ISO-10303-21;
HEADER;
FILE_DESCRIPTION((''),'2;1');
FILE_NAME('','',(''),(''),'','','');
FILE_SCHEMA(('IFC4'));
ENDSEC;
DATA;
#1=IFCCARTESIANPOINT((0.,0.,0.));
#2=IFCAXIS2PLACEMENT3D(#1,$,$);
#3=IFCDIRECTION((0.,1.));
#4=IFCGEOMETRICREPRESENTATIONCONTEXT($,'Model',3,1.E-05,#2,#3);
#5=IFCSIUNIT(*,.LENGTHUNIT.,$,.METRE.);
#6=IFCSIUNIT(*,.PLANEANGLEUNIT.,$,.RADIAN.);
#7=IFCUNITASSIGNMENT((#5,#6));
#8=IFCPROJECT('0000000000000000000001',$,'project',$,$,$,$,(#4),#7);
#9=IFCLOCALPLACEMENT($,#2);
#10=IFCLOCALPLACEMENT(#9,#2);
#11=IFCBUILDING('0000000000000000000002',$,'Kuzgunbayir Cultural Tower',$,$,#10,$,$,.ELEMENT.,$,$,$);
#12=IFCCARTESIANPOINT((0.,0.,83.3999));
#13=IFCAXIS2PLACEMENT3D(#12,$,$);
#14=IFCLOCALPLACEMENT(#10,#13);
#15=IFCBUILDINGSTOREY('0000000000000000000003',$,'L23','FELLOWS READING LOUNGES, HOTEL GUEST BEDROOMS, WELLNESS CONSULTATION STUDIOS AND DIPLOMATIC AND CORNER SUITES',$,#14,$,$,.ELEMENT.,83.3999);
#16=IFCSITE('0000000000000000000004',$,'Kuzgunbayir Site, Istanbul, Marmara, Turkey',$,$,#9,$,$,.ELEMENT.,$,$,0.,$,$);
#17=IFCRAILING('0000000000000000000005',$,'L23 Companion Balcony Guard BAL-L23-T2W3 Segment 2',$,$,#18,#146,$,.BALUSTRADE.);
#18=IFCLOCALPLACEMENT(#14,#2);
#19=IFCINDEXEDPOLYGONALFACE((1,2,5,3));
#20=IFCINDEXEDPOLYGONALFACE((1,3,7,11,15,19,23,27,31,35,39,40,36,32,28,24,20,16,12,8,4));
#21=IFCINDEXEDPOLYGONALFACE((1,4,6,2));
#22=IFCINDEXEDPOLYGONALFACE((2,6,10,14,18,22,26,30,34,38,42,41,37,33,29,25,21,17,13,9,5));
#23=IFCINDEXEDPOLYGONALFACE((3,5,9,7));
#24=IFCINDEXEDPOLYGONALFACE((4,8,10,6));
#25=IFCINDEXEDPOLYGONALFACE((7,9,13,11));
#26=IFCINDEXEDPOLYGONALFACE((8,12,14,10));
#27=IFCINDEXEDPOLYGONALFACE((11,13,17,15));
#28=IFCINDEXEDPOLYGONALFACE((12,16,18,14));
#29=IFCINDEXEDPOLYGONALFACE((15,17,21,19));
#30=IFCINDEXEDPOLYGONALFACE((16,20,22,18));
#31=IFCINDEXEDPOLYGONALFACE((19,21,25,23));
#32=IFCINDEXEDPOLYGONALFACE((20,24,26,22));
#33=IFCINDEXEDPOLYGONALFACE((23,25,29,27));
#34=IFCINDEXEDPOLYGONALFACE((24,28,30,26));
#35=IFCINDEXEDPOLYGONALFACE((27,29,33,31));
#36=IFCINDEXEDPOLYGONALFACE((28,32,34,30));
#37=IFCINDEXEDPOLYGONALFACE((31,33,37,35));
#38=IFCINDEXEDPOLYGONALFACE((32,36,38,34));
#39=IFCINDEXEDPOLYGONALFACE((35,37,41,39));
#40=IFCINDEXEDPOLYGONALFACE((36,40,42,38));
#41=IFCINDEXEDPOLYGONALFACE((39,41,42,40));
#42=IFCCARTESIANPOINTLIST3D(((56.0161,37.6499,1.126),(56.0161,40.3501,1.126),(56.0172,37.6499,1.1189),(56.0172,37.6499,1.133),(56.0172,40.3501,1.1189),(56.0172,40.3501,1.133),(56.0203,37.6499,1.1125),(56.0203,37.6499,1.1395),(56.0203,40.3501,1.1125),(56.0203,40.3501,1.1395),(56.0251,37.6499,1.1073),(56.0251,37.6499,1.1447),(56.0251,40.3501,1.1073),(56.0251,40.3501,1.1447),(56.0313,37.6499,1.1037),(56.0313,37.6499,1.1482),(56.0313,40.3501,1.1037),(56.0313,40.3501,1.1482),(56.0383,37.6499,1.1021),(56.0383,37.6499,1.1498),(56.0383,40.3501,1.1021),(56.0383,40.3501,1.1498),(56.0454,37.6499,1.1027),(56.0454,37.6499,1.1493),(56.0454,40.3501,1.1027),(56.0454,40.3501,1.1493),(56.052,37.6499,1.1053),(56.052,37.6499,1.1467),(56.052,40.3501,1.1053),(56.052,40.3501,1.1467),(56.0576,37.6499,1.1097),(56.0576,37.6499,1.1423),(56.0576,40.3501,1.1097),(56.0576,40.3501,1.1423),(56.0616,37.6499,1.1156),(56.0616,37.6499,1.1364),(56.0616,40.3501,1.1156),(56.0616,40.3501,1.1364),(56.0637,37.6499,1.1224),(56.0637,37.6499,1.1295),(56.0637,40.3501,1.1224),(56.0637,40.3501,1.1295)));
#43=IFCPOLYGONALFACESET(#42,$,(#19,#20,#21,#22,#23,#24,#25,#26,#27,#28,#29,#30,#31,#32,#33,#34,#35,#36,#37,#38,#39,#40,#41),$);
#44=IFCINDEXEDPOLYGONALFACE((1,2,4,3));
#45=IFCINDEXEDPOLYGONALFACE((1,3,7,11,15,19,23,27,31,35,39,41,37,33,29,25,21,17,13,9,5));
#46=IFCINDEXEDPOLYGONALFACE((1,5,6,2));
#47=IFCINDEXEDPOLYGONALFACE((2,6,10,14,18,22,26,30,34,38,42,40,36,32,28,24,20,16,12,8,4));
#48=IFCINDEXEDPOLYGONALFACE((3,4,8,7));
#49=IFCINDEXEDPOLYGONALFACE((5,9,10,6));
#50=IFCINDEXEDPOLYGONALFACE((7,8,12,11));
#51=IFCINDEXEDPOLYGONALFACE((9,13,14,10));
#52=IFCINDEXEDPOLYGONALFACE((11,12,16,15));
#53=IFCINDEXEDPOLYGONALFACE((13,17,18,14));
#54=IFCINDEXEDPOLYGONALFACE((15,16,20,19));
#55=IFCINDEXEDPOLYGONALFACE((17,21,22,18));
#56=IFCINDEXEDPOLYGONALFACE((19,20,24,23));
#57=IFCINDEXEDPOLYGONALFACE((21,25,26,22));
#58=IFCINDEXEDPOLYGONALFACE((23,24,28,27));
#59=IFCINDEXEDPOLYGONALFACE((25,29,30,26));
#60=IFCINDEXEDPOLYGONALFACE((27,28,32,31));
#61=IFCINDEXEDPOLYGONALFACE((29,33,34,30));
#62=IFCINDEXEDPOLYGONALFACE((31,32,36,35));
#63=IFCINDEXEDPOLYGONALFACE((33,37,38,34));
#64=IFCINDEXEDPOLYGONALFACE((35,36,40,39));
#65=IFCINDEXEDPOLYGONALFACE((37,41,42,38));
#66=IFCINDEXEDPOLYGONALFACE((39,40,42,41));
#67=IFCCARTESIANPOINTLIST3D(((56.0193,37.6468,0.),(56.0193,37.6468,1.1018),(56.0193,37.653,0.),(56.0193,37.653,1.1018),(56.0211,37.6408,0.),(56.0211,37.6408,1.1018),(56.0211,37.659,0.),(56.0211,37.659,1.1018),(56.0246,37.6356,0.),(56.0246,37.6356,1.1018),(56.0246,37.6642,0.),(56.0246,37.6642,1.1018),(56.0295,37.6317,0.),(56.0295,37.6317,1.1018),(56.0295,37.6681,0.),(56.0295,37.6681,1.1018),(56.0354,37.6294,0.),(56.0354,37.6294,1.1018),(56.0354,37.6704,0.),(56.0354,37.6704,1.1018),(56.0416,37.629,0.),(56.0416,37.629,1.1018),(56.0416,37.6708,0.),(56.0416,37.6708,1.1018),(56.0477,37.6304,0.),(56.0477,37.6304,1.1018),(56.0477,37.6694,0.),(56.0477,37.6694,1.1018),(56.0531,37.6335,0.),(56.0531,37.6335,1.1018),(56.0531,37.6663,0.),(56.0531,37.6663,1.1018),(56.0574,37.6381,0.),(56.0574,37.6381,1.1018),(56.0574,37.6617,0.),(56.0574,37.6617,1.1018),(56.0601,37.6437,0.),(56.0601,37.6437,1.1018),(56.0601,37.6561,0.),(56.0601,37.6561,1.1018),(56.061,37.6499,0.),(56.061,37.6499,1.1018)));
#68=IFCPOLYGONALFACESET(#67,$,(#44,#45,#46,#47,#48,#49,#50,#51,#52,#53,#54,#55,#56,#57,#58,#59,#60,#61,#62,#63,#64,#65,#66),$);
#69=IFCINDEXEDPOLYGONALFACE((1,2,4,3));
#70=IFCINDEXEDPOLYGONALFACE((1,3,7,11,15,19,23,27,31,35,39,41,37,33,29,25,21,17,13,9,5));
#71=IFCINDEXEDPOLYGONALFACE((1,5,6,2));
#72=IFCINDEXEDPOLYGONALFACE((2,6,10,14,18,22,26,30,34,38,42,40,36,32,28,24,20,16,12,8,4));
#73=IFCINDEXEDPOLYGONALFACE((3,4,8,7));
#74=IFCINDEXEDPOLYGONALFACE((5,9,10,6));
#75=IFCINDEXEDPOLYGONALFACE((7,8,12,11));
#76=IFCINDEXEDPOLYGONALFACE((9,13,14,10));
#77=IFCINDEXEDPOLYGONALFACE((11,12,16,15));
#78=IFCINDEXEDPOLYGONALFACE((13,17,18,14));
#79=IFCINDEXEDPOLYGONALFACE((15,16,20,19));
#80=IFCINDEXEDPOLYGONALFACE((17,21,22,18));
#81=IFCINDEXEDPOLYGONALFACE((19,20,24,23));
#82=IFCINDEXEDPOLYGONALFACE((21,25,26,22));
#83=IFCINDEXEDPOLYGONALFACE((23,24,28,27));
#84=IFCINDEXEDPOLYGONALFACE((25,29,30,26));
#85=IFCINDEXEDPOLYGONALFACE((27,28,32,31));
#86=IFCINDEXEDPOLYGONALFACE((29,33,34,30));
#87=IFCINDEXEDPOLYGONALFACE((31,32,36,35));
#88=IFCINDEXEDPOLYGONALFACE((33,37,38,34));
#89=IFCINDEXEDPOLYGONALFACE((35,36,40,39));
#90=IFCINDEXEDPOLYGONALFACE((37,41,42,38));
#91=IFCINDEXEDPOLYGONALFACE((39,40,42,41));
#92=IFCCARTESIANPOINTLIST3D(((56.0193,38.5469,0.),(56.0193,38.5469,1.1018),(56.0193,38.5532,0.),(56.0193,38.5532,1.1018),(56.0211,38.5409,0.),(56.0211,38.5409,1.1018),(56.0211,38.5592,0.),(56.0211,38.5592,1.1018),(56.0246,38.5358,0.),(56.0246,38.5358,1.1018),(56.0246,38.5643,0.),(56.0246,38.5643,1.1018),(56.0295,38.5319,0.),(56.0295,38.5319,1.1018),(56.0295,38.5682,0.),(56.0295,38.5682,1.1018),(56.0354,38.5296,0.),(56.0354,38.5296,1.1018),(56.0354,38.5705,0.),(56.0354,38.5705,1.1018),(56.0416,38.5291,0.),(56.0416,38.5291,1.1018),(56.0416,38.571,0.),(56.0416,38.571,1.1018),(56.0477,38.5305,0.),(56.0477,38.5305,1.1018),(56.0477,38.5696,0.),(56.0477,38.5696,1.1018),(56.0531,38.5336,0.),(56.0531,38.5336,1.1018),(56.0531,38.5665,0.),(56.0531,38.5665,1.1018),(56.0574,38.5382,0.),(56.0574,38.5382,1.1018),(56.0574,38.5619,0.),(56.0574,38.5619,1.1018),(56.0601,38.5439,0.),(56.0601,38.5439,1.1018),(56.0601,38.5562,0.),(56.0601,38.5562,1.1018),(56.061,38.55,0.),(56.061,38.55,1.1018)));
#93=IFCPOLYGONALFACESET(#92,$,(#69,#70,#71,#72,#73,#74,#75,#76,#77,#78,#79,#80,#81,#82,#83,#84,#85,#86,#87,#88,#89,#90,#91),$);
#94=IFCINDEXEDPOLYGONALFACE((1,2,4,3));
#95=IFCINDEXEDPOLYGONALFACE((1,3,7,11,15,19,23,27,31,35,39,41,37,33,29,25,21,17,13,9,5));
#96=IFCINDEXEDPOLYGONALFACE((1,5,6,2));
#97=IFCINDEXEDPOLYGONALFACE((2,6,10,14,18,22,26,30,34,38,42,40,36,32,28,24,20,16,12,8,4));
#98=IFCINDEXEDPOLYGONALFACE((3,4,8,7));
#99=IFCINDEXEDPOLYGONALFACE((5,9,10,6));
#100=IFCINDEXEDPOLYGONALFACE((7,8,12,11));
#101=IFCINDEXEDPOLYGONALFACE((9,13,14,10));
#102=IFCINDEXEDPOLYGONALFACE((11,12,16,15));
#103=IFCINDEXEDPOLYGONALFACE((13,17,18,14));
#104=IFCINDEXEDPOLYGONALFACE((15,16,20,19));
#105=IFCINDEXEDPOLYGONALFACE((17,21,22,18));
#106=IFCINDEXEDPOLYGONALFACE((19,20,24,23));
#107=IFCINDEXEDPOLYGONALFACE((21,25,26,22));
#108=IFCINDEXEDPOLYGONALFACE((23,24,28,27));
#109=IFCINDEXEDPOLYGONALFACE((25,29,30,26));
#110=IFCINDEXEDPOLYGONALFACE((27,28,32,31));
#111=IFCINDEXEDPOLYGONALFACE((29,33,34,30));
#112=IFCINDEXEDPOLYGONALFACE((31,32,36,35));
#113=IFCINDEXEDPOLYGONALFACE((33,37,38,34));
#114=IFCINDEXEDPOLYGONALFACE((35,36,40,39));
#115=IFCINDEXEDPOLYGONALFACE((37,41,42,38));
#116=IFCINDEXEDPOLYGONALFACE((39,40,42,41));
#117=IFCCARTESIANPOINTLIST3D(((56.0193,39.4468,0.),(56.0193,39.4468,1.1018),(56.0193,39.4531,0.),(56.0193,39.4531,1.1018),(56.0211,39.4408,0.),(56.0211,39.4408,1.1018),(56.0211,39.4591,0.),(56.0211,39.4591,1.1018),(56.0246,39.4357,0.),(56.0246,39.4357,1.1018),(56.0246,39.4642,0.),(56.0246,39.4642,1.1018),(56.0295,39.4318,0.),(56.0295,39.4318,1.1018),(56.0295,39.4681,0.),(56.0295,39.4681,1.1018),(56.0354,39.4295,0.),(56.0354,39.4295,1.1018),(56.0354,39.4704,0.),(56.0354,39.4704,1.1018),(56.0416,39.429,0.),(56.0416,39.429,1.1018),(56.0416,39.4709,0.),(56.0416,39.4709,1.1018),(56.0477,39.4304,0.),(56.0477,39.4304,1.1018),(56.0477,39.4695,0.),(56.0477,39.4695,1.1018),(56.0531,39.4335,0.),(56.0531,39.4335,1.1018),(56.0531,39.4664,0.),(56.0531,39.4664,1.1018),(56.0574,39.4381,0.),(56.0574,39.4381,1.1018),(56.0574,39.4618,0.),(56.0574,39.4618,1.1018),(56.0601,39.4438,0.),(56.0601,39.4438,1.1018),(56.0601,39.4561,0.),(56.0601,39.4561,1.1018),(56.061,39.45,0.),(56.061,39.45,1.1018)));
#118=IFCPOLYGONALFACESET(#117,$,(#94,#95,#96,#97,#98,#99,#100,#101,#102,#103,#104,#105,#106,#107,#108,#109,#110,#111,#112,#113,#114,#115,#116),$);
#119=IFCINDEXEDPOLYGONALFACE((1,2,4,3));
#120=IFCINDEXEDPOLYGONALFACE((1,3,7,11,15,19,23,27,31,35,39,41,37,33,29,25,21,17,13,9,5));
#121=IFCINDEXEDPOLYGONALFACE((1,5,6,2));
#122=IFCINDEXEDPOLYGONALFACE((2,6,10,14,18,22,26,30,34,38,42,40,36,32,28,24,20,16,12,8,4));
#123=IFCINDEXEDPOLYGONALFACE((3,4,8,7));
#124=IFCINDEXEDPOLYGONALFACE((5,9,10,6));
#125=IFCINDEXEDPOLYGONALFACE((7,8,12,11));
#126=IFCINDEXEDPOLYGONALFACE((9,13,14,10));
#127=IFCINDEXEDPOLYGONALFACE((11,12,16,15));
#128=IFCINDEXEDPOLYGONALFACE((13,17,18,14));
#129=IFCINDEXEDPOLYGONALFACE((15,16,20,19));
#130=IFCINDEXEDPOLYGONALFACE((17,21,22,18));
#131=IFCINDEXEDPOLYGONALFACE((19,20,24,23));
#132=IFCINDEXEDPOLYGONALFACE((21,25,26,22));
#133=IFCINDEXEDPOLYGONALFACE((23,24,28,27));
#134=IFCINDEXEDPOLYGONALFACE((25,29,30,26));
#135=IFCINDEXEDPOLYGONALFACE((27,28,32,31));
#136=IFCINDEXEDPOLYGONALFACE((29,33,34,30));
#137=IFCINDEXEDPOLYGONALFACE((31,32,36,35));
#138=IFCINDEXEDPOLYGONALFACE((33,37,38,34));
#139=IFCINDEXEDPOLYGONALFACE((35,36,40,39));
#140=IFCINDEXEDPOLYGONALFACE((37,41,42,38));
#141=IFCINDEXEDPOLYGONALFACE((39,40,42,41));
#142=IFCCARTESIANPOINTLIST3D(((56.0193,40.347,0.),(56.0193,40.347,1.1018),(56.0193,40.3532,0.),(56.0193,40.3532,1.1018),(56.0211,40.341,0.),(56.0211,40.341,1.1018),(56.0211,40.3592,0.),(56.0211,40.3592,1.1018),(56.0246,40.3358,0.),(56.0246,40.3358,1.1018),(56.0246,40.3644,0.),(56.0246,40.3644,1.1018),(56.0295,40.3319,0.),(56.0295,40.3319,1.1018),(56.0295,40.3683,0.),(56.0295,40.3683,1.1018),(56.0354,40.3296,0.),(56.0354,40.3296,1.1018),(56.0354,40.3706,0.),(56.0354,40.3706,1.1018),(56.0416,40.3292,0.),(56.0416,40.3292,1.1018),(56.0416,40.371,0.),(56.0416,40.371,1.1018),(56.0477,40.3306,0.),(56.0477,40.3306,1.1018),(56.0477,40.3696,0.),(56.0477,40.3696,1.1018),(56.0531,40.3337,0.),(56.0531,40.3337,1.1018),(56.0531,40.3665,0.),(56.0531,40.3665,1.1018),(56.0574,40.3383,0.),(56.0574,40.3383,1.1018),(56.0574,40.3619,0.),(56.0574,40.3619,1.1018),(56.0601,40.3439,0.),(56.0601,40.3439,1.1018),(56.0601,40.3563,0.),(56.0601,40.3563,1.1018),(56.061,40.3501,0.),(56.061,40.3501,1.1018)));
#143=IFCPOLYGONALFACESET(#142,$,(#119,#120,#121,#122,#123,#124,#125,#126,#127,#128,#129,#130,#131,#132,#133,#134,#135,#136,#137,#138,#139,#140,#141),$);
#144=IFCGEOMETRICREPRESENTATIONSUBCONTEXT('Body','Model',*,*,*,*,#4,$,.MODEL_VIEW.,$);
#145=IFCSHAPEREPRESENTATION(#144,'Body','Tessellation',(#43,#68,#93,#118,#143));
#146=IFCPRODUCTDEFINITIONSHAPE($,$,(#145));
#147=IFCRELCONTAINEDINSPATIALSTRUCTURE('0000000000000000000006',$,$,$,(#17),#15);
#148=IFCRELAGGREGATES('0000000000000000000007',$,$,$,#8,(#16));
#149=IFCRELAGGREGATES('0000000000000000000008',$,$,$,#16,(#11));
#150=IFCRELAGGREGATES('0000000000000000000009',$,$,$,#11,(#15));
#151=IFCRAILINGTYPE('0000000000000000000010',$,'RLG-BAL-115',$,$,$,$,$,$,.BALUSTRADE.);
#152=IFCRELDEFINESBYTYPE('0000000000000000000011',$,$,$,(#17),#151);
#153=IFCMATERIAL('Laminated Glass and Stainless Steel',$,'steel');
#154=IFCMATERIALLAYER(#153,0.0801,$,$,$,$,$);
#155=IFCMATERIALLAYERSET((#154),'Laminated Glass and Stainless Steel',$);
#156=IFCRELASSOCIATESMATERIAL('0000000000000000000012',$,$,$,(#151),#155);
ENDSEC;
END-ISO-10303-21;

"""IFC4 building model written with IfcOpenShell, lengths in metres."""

from ifc_helpers import new_model, si_unit, direction, frame, origin, origin_2d, place, context, subcontext, project, spatial, circle, extrude, material, layer, layer_set, type_object, element, save


model = new_model("IFC4")

# Units and contexts
model_context = context("Model", 3, precision=1e-05, world=origin(), true_north=direction((0.0, 1.0)))
body_context = subcontext(model_context, "Body", "Model", "MODEL_VIEW")
ifc_project = project(units=[si_unit("LENGTHUNIT", "METRE"), si_unit("PLANEANGLEUNIT", "RADIAN")], contexts=[model_context])

# Site, building, storey
site_placement = place(None, origin())
site = spatial("IfcSite", under=ifc_project, at=site_placement, Name="Kuzgunbayir Site, Istanbul, Marmara, Turkey", CompositionType="ELEMENT", RefElevation=0.0)
building_placement = place(site_placement, origin())
building = spatial("IfcBuilding", under=site, at=building_placement, Name="Kuzgunbayir Cultural Tower", CompositionType="ELEMENT")
storey_placement = place(building_placement, frame((0.0, 0.0, 83.3999)))
storey = spatial("IfcBuildingStorey", under=building, at=storey_placement, Name="L23", Description="FELLOWS READING LOUNGES, HOTEL GUEST BEDROOMS, WELLNESS CONSULTATION STUDIOS AND DIPLOMATIC AND CORNER SUITES", CompositionType="ELEMENT", Elevation=83.3999)

# Railing
ifc_material_1 = material(Name="Laminated Glass and Stainless Steel", Category="steel")
ifc_layer_1 = layer(ifc_material_1, 0.0801)
ifc_layer_set_1 = layer_set([ifc_layer_1], Name="Laminated Glass and Stainless Steel")
railing_type = type_object("IfcRailingType", Name="RLG-BAL-115", PredefinedType="BALUSTRADE", material=ifc_layer_set_1)
railing_1_placement = place(storey_placement, frame((56.04, 37.6499, 0.0)))
element("IfcRailing", 1, at=railing_1_placement, inside=storey, type_object=railing_type, Name="L23 Companion Balcony Guard BAL-L23-T2W3 Segment 2", PredefinedType="BALUSTRADE", context=body_context, shape_type="SweptSolid", body=[
    extrude(circle(Radius=0.0239, at=origin_2d()), frame((0.0, 0.0, 1.126), z_axis=(0.0, 1.0, 0.0), x_axis=(-1.0, 0.0, 0.0)), (0.0, 0.0, 1.0), 2.7002),
    extrude(circle(Radius=0.021, at=origin_2d()), origin(), (0.0, 0.0, 1.0), 1.1018),
    extrude(circle(Radius=0.021, at=origin_2d()), frame((0.0, 0.9001, 0.0)), (0.0, 0.0, 1.0), 1.1018),
    extrude(circle(Radius=0.021, at=origin_2d()), frame((0.0, 1.8, 0.0)), (0.0, 0.0, 1.0), 1.1018),
    extrude(circle(Radius=0.021, at=origin_2d()), frame((0.0, 2.7002, 0.0)), (0.0, 0.0, 1.0), 1.1018),
])

save(model, "model.ifc")
